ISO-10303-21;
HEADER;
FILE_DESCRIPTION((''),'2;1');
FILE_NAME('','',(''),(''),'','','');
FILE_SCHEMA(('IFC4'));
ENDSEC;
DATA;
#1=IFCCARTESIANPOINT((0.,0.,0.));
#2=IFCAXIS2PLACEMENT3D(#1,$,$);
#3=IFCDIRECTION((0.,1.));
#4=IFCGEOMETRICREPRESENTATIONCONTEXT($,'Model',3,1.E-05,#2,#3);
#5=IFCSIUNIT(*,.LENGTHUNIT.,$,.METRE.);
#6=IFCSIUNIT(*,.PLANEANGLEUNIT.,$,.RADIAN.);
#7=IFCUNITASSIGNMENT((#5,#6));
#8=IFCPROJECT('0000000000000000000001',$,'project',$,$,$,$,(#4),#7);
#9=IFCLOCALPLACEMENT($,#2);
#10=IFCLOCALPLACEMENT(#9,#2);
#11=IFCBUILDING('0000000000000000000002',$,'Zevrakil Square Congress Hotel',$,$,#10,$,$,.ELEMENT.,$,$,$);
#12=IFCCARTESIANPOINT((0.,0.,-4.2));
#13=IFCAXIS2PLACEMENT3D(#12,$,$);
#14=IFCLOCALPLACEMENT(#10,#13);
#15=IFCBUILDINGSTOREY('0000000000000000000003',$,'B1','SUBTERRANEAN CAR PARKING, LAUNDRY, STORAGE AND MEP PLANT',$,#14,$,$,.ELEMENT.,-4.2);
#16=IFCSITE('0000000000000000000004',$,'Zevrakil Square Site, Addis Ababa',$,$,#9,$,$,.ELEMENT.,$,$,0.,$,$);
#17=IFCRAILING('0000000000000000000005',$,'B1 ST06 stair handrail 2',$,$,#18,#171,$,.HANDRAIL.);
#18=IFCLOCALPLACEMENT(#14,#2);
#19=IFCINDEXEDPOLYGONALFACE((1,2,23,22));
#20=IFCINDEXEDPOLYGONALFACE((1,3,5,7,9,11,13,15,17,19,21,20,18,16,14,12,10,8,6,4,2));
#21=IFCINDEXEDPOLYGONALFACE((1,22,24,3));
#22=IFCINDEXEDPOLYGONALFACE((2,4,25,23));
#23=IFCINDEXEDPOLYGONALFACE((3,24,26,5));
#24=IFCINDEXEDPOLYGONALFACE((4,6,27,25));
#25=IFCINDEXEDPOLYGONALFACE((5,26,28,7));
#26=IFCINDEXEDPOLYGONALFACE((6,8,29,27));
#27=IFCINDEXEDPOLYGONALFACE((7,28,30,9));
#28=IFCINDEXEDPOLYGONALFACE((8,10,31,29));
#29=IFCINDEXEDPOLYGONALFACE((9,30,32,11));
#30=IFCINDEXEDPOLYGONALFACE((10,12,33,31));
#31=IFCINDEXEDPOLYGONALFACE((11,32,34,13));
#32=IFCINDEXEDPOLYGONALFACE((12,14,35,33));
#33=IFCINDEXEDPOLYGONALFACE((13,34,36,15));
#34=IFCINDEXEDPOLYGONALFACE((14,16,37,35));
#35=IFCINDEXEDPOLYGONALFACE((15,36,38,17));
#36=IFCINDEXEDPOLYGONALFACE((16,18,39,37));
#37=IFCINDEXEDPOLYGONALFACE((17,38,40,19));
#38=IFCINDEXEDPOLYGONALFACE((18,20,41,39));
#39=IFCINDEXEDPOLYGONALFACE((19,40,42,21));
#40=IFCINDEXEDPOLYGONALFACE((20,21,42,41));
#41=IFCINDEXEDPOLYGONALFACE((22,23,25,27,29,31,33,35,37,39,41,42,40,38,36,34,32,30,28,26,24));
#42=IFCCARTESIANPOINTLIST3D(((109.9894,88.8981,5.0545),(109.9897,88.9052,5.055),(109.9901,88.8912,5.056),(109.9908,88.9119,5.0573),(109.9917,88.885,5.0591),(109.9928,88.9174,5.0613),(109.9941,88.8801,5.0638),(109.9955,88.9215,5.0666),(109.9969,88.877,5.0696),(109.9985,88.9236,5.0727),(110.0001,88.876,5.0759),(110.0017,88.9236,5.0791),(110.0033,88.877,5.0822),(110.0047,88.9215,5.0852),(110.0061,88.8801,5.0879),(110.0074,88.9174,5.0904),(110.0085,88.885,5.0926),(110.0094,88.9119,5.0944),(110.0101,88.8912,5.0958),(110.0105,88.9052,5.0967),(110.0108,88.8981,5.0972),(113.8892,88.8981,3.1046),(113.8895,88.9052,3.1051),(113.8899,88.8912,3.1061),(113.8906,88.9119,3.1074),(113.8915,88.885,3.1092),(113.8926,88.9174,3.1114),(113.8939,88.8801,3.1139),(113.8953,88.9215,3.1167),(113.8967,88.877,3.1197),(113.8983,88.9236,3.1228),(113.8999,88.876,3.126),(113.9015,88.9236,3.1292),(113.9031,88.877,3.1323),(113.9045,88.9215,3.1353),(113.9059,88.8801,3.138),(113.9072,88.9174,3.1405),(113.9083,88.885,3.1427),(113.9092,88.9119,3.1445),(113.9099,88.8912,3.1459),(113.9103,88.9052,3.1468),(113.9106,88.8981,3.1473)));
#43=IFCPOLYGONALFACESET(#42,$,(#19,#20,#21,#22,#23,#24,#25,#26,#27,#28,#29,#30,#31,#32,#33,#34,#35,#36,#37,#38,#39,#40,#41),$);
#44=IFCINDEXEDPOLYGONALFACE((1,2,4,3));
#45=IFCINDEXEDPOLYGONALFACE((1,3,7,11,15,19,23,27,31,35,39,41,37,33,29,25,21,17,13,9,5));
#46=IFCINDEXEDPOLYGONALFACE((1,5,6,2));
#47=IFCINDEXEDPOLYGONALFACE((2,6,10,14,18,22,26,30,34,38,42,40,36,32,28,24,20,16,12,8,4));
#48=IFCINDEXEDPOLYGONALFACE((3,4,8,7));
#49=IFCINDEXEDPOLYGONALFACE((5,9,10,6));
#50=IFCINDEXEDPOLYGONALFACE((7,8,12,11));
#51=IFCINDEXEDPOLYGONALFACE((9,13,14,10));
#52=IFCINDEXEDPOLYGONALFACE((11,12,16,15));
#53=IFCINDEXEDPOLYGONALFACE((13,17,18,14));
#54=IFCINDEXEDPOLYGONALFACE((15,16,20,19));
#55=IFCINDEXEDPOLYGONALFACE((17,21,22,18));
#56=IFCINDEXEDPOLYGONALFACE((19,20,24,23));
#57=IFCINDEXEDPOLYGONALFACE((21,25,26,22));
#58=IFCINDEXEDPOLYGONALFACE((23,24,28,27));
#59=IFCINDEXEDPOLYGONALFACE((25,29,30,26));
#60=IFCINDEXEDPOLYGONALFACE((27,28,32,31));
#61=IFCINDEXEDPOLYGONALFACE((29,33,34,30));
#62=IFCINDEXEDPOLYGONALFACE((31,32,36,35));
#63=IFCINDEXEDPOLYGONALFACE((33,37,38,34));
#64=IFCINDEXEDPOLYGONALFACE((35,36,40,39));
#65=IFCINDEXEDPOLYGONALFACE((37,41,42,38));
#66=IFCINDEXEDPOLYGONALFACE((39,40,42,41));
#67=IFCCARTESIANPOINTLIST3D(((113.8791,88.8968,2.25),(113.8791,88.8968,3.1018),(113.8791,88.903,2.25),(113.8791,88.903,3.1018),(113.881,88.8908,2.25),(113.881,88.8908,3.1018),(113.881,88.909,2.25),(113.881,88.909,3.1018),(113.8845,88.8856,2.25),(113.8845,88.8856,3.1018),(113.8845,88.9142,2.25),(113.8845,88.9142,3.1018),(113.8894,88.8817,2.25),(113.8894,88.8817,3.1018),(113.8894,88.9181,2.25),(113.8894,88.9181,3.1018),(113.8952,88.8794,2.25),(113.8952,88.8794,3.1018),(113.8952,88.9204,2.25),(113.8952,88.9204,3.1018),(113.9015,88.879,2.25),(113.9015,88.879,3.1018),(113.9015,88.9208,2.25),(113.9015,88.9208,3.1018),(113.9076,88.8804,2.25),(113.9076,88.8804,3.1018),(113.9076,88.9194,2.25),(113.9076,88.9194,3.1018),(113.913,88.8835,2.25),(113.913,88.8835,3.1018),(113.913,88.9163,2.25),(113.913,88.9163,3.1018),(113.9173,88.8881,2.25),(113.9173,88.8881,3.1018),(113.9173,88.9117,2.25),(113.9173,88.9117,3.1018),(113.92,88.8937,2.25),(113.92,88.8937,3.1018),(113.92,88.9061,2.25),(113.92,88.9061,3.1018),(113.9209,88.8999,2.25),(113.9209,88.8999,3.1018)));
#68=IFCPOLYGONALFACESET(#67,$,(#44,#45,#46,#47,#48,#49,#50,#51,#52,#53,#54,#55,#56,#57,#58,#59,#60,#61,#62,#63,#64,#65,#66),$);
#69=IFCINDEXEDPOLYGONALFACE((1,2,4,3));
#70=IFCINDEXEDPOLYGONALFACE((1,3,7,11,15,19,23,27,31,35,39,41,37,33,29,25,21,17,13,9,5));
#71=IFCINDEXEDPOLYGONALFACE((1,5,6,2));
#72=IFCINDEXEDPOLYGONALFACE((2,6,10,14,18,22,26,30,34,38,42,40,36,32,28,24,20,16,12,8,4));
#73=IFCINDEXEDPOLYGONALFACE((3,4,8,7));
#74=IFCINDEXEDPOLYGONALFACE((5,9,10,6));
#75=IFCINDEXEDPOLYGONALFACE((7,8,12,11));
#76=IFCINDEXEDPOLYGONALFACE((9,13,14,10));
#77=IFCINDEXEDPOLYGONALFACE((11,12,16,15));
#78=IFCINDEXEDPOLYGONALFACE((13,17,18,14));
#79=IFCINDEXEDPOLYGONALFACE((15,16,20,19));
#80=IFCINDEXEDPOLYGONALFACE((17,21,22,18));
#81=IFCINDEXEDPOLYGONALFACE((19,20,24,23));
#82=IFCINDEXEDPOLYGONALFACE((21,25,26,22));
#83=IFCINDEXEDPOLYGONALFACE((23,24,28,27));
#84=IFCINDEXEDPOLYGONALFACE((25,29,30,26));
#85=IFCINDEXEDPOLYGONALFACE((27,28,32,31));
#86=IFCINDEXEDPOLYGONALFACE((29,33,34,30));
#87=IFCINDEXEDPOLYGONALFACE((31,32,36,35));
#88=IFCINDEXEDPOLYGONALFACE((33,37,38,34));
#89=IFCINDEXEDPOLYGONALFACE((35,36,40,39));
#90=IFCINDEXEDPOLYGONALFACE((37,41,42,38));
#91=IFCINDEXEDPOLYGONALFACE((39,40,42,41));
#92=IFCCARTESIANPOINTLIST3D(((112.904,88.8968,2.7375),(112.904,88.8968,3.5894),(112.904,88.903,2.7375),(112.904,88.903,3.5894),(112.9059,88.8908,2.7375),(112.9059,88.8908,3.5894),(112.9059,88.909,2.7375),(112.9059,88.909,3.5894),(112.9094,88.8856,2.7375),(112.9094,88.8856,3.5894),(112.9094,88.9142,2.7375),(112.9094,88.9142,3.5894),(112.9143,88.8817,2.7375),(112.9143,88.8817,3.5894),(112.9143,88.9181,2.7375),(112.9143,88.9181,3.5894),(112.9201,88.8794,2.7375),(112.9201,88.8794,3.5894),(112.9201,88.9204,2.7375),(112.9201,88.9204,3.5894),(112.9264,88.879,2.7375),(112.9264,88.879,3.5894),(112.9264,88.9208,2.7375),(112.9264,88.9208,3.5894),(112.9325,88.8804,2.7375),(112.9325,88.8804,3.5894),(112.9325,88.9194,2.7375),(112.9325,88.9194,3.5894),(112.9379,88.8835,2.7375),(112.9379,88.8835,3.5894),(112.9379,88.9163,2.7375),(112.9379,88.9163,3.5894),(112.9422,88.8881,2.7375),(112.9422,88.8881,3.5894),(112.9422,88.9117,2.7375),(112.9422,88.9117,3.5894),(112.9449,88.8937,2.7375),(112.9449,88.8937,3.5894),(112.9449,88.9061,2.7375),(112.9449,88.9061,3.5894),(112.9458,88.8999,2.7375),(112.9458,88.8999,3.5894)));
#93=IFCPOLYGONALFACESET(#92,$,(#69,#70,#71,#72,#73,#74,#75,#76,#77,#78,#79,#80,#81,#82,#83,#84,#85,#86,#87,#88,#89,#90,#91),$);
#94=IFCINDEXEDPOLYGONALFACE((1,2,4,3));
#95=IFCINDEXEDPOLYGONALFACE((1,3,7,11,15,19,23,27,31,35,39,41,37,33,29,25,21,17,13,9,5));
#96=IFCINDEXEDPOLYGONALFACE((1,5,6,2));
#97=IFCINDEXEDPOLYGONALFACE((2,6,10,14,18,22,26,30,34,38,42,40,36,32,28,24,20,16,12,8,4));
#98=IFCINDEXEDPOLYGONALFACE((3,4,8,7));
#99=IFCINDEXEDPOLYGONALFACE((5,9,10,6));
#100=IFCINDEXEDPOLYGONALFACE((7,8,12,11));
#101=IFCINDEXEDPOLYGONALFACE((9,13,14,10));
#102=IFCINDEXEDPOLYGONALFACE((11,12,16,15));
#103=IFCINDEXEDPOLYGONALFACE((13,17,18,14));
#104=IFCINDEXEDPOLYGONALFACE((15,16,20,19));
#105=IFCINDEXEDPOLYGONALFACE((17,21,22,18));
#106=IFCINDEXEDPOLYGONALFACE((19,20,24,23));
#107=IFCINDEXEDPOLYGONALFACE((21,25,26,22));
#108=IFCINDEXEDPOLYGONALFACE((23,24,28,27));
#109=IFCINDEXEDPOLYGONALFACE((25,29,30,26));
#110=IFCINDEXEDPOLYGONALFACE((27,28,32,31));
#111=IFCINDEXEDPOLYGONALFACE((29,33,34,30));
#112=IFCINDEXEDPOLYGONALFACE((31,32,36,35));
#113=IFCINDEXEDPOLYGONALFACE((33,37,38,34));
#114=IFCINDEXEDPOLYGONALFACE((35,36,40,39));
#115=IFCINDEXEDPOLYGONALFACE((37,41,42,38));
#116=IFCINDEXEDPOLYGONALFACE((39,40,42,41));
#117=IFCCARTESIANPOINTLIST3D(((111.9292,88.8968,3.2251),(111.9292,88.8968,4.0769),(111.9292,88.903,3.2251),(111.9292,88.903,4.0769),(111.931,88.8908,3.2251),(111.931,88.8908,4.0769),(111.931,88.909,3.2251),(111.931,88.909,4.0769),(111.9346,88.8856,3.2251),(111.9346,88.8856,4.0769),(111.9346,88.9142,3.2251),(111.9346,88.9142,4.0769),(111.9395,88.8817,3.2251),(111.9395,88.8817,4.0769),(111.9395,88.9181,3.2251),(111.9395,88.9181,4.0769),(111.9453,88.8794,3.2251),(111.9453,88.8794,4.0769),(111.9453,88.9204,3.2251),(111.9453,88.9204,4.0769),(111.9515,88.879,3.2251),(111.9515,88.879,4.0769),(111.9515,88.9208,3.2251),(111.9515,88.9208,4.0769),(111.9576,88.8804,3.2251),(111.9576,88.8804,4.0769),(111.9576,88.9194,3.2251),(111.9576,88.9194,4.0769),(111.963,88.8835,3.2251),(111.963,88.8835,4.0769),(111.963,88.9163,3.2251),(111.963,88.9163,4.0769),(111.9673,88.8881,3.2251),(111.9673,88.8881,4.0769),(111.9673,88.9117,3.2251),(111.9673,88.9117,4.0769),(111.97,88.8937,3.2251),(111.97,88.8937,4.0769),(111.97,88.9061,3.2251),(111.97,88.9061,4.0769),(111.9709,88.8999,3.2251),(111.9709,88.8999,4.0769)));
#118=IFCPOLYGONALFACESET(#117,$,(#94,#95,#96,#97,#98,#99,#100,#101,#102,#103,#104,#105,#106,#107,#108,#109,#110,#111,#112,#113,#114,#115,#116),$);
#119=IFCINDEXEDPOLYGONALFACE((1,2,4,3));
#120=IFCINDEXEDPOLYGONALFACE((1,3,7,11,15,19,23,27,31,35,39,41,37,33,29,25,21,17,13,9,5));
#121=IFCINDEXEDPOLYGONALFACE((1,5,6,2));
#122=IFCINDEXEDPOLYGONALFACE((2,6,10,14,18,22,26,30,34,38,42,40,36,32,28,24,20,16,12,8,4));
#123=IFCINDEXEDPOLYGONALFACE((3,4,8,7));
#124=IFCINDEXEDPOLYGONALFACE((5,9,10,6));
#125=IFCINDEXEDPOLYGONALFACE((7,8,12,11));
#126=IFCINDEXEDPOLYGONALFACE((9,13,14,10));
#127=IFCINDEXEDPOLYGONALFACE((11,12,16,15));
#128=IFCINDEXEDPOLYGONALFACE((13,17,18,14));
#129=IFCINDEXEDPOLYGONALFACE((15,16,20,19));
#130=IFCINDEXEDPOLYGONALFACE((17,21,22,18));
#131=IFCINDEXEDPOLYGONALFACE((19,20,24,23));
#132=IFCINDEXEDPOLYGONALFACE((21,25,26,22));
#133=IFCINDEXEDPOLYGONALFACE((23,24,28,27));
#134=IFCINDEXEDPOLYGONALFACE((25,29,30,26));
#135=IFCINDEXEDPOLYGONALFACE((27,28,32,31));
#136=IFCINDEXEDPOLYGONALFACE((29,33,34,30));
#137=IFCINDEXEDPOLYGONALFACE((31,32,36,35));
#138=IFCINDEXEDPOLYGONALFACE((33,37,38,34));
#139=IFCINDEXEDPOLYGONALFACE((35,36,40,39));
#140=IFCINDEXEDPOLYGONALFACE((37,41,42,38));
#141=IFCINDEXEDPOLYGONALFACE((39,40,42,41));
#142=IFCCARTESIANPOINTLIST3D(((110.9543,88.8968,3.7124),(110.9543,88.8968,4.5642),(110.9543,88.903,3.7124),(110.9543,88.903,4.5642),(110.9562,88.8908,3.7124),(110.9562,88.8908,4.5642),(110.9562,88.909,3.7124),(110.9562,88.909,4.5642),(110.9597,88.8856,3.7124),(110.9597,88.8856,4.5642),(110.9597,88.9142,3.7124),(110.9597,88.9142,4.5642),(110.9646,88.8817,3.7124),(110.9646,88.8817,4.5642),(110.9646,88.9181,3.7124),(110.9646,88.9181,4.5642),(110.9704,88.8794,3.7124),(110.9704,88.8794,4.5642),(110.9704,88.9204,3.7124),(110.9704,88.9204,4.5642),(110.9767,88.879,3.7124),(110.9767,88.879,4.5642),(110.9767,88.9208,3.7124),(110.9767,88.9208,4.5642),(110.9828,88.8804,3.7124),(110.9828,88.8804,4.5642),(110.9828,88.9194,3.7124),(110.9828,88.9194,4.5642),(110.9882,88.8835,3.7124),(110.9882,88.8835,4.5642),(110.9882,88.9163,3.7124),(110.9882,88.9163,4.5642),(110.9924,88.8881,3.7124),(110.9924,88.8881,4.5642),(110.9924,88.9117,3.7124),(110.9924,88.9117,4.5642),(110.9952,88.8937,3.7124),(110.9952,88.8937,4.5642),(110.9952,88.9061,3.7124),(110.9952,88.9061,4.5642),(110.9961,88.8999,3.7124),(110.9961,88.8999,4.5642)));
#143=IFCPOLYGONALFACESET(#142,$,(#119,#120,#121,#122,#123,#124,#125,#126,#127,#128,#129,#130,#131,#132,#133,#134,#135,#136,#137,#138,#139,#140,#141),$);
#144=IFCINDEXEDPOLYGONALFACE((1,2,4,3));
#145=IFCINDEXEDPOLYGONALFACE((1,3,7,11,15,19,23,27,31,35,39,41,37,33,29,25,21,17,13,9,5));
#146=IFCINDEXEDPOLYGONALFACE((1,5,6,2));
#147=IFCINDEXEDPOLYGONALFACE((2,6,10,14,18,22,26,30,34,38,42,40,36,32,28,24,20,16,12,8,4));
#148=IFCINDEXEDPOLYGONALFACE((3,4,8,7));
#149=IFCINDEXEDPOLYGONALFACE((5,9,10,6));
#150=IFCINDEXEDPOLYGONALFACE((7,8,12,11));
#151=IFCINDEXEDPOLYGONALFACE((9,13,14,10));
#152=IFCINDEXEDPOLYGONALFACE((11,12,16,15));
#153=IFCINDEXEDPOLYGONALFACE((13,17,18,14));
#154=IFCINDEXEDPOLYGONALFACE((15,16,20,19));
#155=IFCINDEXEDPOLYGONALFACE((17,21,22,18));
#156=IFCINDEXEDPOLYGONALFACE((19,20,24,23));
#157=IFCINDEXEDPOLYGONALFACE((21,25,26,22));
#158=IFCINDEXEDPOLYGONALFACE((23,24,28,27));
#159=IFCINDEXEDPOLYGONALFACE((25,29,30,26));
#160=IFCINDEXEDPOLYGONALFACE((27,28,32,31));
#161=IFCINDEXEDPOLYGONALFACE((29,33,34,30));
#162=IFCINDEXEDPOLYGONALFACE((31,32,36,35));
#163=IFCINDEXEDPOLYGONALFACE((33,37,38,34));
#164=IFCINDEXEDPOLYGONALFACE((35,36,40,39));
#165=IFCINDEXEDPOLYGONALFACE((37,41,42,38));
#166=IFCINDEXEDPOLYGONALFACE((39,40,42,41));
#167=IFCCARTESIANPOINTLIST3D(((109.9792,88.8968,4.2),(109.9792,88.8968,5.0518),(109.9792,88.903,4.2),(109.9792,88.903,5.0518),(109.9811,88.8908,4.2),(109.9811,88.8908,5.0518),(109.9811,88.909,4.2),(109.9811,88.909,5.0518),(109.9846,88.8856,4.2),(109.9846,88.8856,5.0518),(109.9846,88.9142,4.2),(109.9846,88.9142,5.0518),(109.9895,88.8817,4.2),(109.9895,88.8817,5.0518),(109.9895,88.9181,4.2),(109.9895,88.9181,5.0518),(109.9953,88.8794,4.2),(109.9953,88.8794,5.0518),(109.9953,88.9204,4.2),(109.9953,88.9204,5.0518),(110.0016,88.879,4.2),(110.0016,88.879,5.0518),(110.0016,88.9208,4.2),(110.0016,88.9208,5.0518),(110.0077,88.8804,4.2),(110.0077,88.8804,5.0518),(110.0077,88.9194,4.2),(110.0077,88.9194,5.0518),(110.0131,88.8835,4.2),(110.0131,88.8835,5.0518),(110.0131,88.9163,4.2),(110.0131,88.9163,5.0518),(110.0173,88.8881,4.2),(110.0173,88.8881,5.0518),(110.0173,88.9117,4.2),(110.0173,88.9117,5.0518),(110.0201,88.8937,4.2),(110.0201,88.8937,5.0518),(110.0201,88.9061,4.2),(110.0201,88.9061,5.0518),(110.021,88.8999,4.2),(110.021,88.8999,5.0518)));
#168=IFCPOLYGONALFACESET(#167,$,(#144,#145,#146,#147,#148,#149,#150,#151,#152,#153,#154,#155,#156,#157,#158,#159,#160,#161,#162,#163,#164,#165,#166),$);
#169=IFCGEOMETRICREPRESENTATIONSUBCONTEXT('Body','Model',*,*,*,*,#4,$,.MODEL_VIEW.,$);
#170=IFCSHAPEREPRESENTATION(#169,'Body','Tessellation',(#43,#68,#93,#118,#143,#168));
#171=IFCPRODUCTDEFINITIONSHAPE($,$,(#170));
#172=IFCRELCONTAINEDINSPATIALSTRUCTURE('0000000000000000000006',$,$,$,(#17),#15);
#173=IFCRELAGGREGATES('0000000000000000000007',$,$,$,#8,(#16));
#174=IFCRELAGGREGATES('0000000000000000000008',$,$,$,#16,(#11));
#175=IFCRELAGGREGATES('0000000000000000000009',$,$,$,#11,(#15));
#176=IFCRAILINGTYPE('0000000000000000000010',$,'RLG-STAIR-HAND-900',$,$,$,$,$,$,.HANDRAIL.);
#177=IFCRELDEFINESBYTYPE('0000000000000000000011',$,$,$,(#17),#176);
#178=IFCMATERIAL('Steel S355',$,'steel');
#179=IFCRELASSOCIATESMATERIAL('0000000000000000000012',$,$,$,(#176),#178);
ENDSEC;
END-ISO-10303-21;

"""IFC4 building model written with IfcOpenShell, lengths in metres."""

from ifc_helpers import new_model, si_unit, direction, frame, origin, origin_2d, place, context, subcontext, project, spatial, circle, extrude, material, type_object, element, save


model = new_model("IFC4")

# Units and contexts
model_context = context("Model", 3, precision=1e-05, world=origin(), true_north=direction((0.0, 1.0)))
body_context = subcontext(model_context, "Body", "Model", "MODEL_VIEW")
ifc_project = project(units=[si_unit("LENGTHUNIT", "METRE"), si_unit("PLANEANGLEUNIT", "RADIAN")], contexts=[model_context])

# Site, building, storey
site_placement = place(None, origin())
site = spatial("IfcSite", under=ifc_project, at=site_placement, Name="Zevrakil Square Site, Addis Ababa", CompositionType="ELEMENT", RefElevation=0.0)
building_placement = place(site_placement, origin())
building = spatial("IfcBuilding", under=site, at=building_placement, Name="Zevrakil Square Congress Hotel", CompositionType="ELEMENT")
storey_placement = place(building_placement, frame((0.0, 0.0, -4.2)))
storey = spatial("IfcBuildingStorey", under=building, at=storey_placement, Name="B1", Description="SUBTERRANEAN CAR PARKING, LAUNDRY, STORAGE AND MEP PLANT", CompositionType="ELEMENT", Elevation=-4.2)

# Railing
ifc_material_1 = material(Name="Steel S355", Category="steel")
railing_type_1 = type_object("IfcRailingType", Name="RLG-STAIR-HAND-900", PredefinedType="HANDRAIL", material=ifc_material_1)
railing_1_placement = place(storey_placement, frame((113.8999, 88.8999, 2.25)))
element("IfcRailing", 1, at=railing_1_placement, inside=storey, type_object=railing_type_1, Name="B1 ST06 stair handrail 2", PredefinedType="HANDRAIL", context=body_context, shape_type="SweptSolid", body=[
    extrude(circle(Radius=0.0239, at=origin_2d()), frame((0.0, 0.0, 0.876), z_axis=(-0.894427, 0.0, 0.447214), x_axis=(0.0, -1.0, 0.0)), (0.0, 0.0, 1.0), 4.3601),
    extrude(circle(Radius=0.021, at=origin_2d()), origin(), (0.0, 0.0, 1.0), 0.8518),
    extrude(circle(Radius=0.021, at=origin_2d()), frame((-0.9751, 0.0, 0.4875)), (0.0, 0.0, 1.0), 0.8518),
    extrude(circle(Radius=0.021, at=origin_2d()), frame((-1.95, 0.0, 0.9751)), (0.0, 0.0, 1.0), 0.8518),
    extrude(circle(Radius=0.021, at=origin_2d()), frame((-2.9248, 0.0, 1.4624)), (0.0, 0.0, 1.0), 0.8518),
    extrude(circle(Radius=0.021, at=origin_2d()), frame((-3.8999, 0.0, 1.95)), (0.0, 0.0, 1.0), 0.8518),
])

save(model, "model.ifc")
